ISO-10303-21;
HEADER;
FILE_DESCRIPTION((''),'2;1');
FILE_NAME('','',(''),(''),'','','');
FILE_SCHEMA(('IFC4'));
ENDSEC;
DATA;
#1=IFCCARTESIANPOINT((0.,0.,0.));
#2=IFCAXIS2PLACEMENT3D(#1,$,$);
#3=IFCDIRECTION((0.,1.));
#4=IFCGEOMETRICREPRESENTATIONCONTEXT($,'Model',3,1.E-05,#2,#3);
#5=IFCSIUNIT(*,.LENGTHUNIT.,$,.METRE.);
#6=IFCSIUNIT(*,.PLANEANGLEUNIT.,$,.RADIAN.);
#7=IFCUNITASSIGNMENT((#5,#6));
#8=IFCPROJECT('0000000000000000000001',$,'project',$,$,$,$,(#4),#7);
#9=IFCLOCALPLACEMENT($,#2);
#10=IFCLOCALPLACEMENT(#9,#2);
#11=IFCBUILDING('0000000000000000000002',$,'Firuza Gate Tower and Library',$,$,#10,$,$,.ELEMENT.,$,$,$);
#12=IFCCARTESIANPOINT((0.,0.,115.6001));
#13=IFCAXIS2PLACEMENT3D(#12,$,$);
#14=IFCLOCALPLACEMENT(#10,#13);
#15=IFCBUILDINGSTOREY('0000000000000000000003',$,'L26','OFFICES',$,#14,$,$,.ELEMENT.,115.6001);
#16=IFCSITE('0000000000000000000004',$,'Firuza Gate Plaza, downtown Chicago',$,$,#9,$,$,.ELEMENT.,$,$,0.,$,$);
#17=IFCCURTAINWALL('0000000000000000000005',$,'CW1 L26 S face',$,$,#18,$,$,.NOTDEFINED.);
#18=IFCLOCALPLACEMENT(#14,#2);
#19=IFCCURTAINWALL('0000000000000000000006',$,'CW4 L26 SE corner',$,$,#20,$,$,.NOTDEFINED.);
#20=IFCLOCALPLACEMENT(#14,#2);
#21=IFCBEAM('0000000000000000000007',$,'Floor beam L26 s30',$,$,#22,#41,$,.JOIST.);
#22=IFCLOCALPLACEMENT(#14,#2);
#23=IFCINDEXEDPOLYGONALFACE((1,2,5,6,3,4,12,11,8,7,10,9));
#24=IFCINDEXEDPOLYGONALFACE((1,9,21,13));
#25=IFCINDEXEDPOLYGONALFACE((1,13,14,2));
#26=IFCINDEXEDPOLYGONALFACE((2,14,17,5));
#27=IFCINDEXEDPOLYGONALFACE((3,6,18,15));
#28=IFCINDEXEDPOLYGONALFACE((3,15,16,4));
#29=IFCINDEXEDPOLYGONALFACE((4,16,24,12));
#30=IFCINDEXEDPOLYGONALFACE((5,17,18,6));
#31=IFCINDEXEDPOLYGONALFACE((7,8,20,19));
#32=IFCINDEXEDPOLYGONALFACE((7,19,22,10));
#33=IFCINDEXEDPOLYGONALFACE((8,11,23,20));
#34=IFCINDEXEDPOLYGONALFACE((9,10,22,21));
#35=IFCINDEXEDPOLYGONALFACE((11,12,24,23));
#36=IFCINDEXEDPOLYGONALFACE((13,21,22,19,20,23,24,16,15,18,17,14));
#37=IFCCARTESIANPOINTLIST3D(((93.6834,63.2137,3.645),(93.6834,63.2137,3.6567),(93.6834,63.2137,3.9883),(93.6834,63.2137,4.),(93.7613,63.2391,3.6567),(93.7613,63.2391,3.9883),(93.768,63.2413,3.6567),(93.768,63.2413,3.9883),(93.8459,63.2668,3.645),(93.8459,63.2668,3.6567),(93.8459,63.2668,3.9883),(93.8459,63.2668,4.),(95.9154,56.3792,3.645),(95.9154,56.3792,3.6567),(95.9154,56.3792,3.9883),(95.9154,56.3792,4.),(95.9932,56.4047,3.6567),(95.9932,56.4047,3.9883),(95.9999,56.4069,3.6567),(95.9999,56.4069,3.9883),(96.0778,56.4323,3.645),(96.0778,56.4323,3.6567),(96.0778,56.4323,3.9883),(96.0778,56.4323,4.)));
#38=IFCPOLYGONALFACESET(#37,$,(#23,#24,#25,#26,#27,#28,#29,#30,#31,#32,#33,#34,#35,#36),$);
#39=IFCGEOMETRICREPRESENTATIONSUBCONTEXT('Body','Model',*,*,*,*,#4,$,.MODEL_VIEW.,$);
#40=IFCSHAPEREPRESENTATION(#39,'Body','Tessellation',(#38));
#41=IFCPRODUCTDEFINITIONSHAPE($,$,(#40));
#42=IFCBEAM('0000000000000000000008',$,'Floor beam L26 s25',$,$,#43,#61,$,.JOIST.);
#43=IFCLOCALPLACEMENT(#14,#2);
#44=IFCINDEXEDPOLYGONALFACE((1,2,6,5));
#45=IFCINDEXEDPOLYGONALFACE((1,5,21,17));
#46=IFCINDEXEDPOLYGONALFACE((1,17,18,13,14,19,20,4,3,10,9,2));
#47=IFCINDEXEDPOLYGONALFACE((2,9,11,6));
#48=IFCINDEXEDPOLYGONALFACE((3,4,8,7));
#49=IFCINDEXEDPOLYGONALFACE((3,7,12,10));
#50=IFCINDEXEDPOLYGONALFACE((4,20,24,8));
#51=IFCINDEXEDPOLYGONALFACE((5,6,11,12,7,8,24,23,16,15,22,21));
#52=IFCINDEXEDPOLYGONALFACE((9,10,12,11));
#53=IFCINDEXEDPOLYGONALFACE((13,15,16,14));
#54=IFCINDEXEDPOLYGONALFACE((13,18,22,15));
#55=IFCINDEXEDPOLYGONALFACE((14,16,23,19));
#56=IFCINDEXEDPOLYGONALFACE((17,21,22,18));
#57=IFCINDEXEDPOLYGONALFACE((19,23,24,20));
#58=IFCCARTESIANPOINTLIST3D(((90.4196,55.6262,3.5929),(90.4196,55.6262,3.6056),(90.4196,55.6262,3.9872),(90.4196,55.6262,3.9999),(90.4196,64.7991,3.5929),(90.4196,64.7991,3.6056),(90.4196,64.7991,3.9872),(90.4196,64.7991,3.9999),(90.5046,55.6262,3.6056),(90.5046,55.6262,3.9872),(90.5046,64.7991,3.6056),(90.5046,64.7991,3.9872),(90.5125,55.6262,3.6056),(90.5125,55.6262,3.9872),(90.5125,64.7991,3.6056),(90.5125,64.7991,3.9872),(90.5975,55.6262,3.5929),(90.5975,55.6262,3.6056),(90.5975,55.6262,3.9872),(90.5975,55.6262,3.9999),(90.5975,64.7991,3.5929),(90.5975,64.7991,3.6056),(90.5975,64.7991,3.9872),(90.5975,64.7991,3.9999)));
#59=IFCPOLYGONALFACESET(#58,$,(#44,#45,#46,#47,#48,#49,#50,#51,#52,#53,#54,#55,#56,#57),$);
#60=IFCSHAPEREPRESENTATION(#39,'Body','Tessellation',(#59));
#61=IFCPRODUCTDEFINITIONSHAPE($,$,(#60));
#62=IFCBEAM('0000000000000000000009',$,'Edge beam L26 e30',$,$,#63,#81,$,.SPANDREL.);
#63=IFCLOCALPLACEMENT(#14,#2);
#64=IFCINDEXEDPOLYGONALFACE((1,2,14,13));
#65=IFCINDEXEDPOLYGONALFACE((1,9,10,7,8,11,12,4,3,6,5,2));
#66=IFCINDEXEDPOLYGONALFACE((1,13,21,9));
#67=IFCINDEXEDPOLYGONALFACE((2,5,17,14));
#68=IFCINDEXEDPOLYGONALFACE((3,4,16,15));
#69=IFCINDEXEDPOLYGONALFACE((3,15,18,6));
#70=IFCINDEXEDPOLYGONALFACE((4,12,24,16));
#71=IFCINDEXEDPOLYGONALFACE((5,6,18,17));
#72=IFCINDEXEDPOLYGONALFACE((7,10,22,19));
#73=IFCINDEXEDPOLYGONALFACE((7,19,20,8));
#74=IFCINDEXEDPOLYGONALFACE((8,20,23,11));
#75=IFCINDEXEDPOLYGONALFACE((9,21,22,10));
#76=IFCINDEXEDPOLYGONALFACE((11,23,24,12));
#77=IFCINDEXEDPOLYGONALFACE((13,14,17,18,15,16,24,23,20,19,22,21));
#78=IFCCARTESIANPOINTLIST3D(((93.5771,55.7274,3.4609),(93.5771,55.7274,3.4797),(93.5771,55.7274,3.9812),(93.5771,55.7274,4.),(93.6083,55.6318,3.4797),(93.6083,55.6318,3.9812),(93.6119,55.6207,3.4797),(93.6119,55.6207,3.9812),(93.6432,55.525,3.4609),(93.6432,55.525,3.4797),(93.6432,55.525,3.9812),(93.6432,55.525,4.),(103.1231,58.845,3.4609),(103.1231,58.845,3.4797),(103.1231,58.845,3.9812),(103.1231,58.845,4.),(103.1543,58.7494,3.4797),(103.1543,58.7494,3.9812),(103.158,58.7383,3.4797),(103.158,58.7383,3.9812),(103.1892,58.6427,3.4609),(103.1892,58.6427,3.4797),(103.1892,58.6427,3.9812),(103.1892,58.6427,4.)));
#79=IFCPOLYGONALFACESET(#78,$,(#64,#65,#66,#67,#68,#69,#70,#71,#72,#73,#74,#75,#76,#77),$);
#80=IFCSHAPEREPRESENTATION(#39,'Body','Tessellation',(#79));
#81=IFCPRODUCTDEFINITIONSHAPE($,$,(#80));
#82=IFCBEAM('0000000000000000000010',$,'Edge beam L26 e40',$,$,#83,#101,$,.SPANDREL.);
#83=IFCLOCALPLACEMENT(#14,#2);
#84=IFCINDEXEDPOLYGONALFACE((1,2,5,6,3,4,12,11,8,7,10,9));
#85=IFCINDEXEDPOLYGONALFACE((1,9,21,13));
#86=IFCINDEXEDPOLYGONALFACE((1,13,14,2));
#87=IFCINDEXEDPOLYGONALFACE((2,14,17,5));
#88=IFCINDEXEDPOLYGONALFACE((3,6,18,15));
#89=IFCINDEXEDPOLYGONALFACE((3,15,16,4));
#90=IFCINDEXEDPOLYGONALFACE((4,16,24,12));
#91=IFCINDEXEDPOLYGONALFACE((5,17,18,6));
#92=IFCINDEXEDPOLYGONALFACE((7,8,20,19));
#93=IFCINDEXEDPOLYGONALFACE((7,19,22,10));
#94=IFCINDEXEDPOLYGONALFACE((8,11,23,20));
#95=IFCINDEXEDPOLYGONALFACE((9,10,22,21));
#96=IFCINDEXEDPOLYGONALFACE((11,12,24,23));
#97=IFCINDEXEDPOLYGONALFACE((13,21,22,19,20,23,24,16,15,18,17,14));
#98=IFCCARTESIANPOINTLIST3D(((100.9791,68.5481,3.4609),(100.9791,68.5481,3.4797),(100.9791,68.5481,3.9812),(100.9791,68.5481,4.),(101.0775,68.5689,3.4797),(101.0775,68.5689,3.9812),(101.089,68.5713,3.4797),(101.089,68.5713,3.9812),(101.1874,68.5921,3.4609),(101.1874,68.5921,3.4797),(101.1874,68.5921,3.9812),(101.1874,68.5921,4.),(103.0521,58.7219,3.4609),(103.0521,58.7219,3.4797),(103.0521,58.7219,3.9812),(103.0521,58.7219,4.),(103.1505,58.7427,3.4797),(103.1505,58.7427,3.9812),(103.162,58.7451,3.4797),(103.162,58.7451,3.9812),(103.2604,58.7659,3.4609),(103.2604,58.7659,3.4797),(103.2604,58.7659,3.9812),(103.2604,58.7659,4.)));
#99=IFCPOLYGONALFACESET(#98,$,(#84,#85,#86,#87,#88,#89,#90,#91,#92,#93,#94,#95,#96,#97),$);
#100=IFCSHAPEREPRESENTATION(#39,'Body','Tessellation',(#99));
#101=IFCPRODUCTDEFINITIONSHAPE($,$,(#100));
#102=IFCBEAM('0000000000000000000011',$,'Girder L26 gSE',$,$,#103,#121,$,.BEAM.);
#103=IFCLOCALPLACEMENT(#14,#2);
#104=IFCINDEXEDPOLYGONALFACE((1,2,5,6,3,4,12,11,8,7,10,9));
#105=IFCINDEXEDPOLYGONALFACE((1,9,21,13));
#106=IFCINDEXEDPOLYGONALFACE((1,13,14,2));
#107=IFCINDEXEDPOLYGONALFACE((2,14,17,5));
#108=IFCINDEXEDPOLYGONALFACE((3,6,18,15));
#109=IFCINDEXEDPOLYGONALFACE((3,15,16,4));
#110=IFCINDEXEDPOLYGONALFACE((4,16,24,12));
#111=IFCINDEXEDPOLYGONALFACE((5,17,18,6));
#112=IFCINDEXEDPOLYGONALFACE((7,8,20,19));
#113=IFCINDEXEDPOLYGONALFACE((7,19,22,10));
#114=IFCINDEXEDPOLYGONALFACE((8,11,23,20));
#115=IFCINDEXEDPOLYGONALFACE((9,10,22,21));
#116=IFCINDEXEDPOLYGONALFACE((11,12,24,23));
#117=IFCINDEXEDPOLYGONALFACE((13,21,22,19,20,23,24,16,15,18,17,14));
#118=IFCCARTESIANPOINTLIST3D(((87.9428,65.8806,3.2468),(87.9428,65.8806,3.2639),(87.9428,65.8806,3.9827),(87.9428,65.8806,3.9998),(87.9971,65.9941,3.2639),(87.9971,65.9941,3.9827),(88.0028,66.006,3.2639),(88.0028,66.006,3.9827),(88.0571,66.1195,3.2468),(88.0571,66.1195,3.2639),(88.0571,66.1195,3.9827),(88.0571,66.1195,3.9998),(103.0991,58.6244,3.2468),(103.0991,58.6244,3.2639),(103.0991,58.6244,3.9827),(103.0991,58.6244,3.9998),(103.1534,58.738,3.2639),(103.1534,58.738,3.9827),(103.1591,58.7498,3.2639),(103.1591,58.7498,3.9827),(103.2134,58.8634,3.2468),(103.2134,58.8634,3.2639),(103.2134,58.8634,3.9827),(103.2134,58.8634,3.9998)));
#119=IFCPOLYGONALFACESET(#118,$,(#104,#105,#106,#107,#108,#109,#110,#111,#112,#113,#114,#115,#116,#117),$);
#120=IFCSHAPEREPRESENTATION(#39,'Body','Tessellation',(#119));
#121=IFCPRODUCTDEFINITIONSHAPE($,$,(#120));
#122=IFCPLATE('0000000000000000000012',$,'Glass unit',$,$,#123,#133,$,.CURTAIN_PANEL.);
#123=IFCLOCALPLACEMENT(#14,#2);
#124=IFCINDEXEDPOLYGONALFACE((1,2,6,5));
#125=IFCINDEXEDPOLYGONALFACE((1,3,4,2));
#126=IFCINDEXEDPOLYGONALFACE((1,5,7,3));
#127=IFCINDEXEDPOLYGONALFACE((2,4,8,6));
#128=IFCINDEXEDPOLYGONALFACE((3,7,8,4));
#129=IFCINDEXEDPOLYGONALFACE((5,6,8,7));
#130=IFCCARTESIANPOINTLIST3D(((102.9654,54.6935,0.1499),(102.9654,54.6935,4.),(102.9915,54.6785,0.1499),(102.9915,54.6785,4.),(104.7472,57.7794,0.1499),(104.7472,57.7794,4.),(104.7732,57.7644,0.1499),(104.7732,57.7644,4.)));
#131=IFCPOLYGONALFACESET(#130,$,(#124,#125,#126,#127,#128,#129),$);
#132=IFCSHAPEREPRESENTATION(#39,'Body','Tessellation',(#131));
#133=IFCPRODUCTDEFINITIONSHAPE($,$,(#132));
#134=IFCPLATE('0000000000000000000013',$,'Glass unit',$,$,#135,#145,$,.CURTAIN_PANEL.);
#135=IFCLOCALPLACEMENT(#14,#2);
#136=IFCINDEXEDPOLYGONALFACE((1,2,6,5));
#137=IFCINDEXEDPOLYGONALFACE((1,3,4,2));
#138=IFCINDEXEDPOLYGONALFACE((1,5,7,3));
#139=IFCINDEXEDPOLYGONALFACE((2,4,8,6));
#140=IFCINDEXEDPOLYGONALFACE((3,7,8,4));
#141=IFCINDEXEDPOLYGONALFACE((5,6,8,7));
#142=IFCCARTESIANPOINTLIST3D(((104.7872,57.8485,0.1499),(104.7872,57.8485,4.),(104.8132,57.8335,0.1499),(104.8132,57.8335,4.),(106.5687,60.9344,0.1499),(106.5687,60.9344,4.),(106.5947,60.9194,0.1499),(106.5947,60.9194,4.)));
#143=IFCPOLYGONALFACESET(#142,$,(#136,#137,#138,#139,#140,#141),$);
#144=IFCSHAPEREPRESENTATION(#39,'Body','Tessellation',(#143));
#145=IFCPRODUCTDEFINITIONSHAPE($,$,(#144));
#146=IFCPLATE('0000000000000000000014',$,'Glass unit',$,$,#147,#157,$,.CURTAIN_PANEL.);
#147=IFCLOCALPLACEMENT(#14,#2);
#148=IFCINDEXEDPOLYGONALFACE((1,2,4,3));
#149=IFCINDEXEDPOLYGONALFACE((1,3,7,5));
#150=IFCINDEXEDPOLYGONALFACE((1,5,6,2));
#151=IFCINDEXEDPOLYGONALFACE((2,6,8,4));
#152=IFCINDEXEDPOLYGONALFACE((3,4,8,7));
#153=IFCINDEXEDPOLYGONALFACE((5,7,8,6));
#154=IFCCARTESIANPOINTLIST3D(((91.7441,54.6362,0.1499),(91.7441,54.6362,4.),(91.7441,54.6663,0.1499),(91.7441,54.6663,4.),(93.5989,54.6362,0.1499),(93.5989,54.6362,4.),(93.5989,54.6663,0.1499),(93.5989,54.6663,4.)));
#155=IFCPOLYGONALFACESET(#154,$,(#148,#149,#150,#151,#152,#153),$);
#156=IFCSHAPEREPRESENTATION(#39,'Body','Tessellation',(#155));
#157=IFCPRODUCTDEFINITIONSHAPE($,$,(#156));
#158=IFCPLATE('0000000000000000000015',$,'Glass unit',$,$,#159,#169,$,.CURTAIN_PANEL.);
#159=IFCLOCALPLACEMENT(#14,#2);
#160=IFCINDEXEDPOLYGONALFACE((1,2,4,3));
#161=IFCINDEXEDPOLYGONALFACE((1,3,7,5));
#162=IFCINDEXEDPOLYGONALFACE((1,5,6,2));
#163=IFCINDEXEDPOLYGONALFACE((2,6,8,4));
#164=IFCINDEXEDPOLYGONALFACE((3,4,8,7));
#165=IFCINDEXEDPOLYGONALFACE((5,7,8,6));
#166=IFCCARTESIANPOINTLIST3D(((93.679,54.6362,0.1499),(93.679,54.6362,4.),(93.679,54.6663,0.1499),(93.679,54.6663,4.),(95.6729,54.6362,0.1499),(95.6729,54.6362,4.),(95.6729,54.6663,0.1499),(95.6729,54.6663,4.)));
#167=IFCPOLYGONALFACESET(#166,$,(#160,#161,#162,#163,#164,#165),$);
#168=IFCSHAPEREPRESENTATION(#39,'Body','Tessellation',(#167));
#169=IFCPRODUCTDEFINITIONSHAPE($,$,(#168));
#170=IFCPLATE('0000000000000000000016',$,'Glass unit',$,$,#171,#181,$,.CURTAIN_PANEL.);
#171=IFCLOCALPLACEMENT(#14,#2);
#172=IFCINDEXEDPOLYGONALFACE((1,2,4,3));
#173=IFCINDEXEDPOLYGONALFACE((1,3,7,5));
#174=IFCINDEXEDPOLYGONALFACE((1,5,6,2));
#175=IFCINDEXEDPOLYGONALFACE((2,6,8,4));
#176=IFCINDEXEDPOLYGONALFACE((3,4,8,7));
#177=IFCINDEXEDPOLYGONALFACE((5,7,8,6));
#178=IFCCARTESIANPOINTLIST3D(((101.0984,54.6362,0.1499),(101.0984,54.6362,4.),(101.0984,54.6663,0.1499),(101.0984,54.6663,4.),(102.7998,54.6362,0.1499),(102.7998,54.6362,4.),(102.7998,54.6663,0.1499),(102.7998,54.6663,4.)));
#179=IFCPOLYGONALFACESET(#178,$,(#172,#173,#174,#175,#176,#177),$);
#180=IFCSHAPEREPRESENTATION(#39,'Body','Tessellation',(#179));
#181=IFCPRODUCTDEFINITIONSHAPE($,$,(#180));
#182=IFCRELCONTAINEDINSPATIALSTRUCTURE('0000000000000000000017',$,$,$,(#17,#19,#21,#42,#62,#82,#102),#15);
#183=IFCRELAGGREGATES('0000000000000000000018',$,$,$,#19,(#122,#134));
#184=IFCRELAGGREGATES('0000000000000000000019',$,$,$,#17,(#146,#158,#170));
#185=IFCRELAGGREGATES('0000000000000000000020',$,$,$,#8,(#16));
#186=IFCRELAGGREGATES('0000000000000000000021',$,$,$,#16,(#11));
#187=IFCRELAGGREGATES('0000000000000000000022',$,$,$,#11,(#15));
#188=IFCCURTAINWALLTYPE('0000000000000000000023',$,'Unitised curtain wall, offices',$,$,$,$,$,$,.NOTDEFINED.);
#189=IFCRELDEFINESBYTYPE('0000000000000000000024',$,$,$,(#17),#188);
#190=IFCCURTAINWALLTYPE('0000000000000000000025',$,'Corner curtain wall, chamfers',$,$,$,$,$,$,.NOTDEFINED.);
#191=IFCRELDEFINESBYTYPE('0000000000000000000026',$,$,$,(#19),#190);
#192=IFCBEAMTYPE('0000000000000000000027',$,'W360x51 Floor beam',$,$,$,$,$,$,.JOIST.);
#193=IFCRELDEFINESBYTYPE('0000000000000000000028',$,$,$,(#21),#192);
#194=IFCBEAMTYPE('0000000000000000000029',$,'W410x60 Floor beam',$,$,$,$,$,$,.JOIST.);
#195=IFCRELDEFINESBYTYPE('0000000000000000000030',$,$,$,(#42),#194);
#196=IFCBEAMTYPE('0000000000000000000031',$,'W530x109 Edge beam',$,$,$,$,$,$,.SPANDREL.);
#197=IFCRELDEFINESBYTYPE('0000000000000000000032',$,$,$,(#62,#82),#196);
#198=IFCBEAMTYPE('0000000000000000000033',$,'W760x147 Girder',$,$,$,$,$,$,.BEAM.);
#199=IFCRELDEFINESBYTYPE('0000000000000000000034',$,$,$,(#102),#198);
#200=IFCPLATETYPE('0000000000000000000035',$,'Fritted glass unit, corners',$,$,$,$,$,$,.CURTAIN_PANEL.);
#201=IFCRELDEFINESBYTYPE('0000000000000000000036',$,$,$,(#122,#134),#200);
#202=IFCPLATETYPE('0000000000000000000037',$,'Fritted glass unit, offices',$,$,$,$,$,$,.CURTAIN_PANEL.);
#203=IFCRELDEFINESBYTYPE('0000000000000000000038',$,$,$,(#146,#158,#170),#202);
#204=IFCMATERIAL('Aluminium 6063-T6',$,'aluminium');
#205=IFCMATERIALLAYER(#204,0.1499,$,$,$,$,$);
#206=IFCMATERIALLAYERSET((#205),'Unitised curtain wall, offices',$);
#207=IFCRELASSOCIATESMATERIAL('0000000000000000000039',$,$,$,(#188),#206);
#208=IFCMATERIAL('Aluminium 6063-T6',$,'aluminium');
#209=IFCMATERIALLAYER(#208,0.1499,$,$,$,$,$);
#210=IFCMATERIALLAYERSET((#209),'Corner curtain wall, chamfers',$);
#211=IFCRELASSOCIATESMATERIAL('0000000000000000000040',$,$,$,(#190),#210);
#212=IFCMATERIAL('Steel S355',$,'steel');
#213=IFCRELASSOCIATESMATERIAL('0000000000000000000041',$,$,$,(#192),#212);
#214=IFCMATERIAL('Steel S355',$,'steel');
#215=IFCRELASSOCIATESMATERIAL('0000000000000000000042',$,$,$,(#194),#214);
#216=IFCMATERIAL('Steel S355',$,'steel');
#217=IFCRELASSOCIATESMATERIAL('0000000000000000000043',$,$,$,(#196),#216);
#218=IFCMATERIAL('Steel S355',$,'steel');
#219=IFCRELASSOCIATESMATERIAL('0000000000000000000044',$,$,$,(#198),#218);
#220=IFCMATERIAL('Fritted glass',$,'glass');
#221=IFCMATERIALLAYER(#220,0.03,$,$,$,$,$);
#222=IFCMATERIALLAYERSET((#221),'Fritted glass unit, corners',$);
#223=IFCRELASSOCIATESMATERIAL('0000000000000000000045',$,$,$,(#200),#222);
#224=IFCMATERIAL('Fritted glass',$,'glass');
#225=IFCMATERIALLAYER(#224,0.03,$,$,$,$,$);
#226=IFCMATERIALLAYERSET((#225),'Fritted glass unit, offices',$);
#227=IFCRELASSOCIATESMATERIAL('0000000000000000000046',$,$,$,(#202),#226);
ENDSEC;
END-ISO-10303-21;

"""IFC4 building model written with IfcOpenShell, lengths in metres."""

from ifc_helpers import new_model, si_unit, direction, frame, origin, origin_2d, place, context, subcontext, project, spatial, polyline, i_section, outline, extrude, material, layer, layer_set, material_profile, profile_set, type_object, element, aggregate, save


model = new_model("IFC4")

# Units and contexts
model_context = context("Model", 3, precision=1e-05, world=origin(), true_north=direction((0.0, 1.0)))
body_context = subcontext(model_context, "Body", "Model", "MODEL_VIEW")
ifc_project = project(units=[si_unit("LENGTHUNIT", "METRE"), si_unit("PLANEANGLEUNIT", "RADIAN")], contexts=[model_context])

# Site, building, storey
site_placement = place(None, origin())
site = spatial("IfcSite", under=ifc_project, at=site_placement, Name="Firuza Gate Plaza, downtown Chicago", CompositionType="ELEMENT", RefElevation=0.0)
building_placement = place(site_placement, origin())
building = spatial("IfcBuilding", under=site, at=building_placement, Name="Firuza Gate Tower and Library", CompositionType="ELEMENT")
storey_placement = place(building_placement, frame((0.0, 0.0, 115.6001)))
storey = spatial("IfcBuildingStorey", under=building, at=storey_placement, Name="L26", Description="OFFICES", CompositionType="ELEMENT", Elevation=115.6001)

# Curtain walls
ifc_material_1 = material(Name="Aluminium 6063-T6", Category="aluminium")
ifc_layer_1 = layer(ifc_material_1, 0.1499)
ifc_layer_set_1 = layer_set([ifc_layer_1], Name="Unitised curtain wall, offices")
curtain_wall_type_1 = type_object("IfcCurtainWallType", Name="Unitised curtain wall, offices", PredefinedType="NOTDEFINED", material=ifc_layer_set_1)
placement = place(storey_placement, origin())
curtain_wall_1 = element("IfcCurtainWall", 1, at=placement, inside=storey, type_object=curtain_wall_type_1, Name="CW1 L26 S face", PredefinedType="NOTDEFINED")
ifc_material_2 = material(Name="Aluminium 6063-T6", Category="aluminium")
ifc_layer_2 = layer(ifc_material_2, 0.1499)
ifc_layer_set_2 = layer_set([ifc_layer_2], Name="Corner curtain wall, chamfers")
curtain_wall_type_2 = type_object("IfcCurtainWallType", Name="Corner curtain wall, chamfers", PredefinedType="NOTDEFINED", material=ifc_layer_set_2)
curtain_wall_2 = element("IfcCurtainWall", 2, at=placement, inside=storey, type_object=curtain_wall_type_2, Name="CW4 L26 SE corner", PredefinedType="NOTDEFINED")

# Beams
ifc_material_3 = material(Name="Steel S355", Category="steel")
ifc_material_profile_1 = material_profile(ifc_material_3, i_section(OverallWidth=0.1709, OverallDepth=0.355, WebThickness=0.0071, FlangeThickness=0.0117, at=origin_2d()))
ifc_profile_set_1 = profile_set([ifc_material_profile_1], Name="Steel S355")
beam_type_1 = type_object("IfcBeamType", Name="W360x51 Floor beam", PredefinedType="JOIST", material=ifc_profile_set_1)
beam_1_placement = place(storey_placement, frame((95.9966, 56.4058, 3.8225), z_axis=(-0.310436, 0.950594, 0.0), x_axis=(-0.950594, -0.310436, 0.0)))
element("IfcBeam", 3, at=beam_1_placement, inside=storey, type_object=beam_type_1, Name="Floor beam L26 s30", PredefinedType="JOIST", context=body_context, shape_type="SweptSolid", body=[
    extrude(i_section(OverallWidth=0.1709, OverallDepth=0.355, WebThickness=0.0071, FlangeThickness=0.0117, at=origin_2d()), origin(), (0.0, 0.0, 1.0), 7.1897),
])
ifc_material_4 = material(Name="Steel S355", Category="steel")
ifc_material_profile_2 = material_profile(ifc_material_4, i_section(OverallWidth=0.178, OverallDepth=0.407, WebThickness=0.0078, FlangeThickness=0.0127, at=origin_2d()))
ifc_profile_set_2 = profile_set([ifc_material_profile_2], Name="Steel S355")
beam_type_2 = type_object("IfcBeamType", Name="W410x60 Floor beam", PredefinedType="JOIST", material=ifc_profile_set_2)
beam_2_placement = place(storey_placement, frame((90.5085, 55.6262, 3.7964), z_axis=(0.0, 1.0, 0.0), x_axis=(-1.0, 0.0, 0.0)))
element("IfcBeam", 4, at=beam_2_placement, inside=storey, type_object=beam_type_2, Name="Floor beam L26 s25", PredefinedType="JOIST", context=body_context, shape_type="SweptSolid", body=[
    extrude(i_section(OverallWidth=0.178, OverallDepth=0.407, WebThickness=0.0078, FlangeThickness=0.0127, at=origin_2d()), origin(), (0.0, 0.0, 1.0), 9.1729),
])
ifc_material_5 = material(Name="Steel S355", Category="steel")
ifc_material_profile_3 = material_profile(ifc_material_5, i_section(OverallWidth=0.2129, OverallDepth=0.5391, WebThickness=0.0117, FlangeThickness=0.0188, at=origin_2d()))
ifc_profile_set_3 = profile_set([ifc_material_profile_3], Name="Steel S355")
beam_type_3 = type_object("IfcBeamType", Name="W530x109 Edge beam", PredefinedType="SPANDREL", material=ifc_profile_set_3)
beam_3_placement = place(storey_placement, frame((93.6101, 55.6262, 3.7305), z_axis=(0.950589, 0.310453, 0.0), x_axis=(-0.310453, 0.950589, 0.0)))
element("IfcBeam", 5, at=beam_3_placement, inside=storey, type_object=beam_type_3, Name="Edge beam L26 e30", PredefinedType="SPANDREL", context=body_context, shape_type="SweptSolid", body=[
    extrude(i_section(OverallWidth=0.2129, OverallDepth=0.5391, WebThickness=0.0117, FlangeThickness=0.0188, at=origin_2d()), origin(), (0.0, 0.0, 1.0), 10.0422),
])
beam_4_placement = place(storey_placement, frame((103.1562, 58.7439, 3.7305), z_axis=(-0.206423, 0.978463, 0.0), x_axis=(-0.978463, -0.206423, 0.0)))
element("IfcBeam", 6, at=beam_4_placement, inside=storey, type_object=beam_type_3, Name="Edge beam L26 e40", PredefinedType="SPANDREL", context=body_context, shape_type="SweptSolid", body=[
    extrude(i_section(OverallWidth=0.2129, OverallDepth=0.5391, WebThickness=0.0117, FlangeThickness=0.0188, at=origin_2d()), origin(), (0.0, 0.0, 1.0), 10.0425),
])
ifc_material_6 = material(Name="Steel S355", Category="steel")
ifc_material_profile_4 = material_profile(ifc_material_6, i_section(OverallWidth=0.2649, OverallDepth=0.7529, WebThickness=0.0132, FlangeThickness=0.0171, at=origin_2d()))
ifc_profile_set_4 = profile_set([ifc_material_profile_4], Name="Steel S355")
beam_type_4 = type_object("IfcBeamType", Name="W760x147 Girder", PredefinedType="BEAM", material=ifc_profile_set_4)
beam_5_placement = place(storey_placement, frame((103.1562, 58.7439, 3.6233), z_axis=(-0.901961, 0.431817, 0.0), x_axis=(-0.431817, -0.901961, 0.0)))
element("IfcBeam", 7, at=beam_5_placement, inside=storey, type_object=beam_type_4, Name="Girder L26 gSE", PredefinedType="BEAM", context=body_context, shape_type="SweptSolid", body=[
    extrude(i_section(OverallWidth=0.2649, OverallDepth=0.7529, WebThickness=0.0132, FlangeThickness=0.0171, at=origin_2d()), origin(), (0.0, 0.0, 1.0), 16.8037),
])

# Plates
ifc_material_7 = material(Name="Fritted glass", Category="glass")
ifc_layer_3 = layer(ifc_material_7, 0.03)
ifc_layer_set_3 = layer_set([ifc_layer_3], Name="Fritted glass unit, corners")
plate_type_1 = type_object("IfcPlateType", Name="Fritted glass unit, corners", PredefinedType="CURTAIN_PANEL", material=ifc_layer_set_3)
plate_1_placement = place(storey_placement, frame((102.9915, 54.6785, 0.1499), z_axis=(0.866017, -0.500015, 0.0), x_axis=(0.500015, 0.866017, 0.0)))
plate_1 = element("IfcPlate", 8, at=plate_1_placement, type_object=plate_type_1, Name="Glass unit", PredefinedType="CURTAIN_PANEL", context=body_context, shape_type="SweptSolid", body=[
    extrude(outline(polyline([(0.0, 0.0), (3.5634, 0.0), (3.5634, 3.8501), (0.0, 3.8501), (0.0, 0.0)])), origin(), (0.0, 0.0, -1.0), 0.03),
])
plate_2_placement = place(storey_placement, frame((104.8132, 57.8335, 0.1499), z_axis=(0.866046, -0.499964, 0.0), x_axis=(0.499964, 0.866046, 0.0)))
plate_2 = element("IfcPlate", 9, at=plate_2_placement, type_object=plate_type_1, Name="Glass unit", PredefinedType="CURTAIN_PANEL", context=body_context, shape_type="SweptSolid", body=[
    extrude(outline(polyline([(0.0, 0.0), (3.5632, 0.0), (3.5632, 3.8501), (0.0, 3.8501), (0.0, 0.0)])), origin(), (0.0, 0.0, -1.0), 0.03),
])
aggregate(curtain_wall_2, [plate_1, plate_2])
ifc_material_8 = material(Name="Fritted glass", Category="glass")
ifc_layer_4 = layer(ifc_material_8, 0.03)
ifc_layer_set_4 = layer_set([ifc_layer_4], Name="Fritted glass unit, offices")
plate_type_2 = type_object("IfcPlateType", Name="Fritted glass unit, offices", PredefinedType="CURTAIN_PANEL", material=ifc_layer_set_4)
plate_3_placement = place(storey_placement, frame((91.7441, 54.6362, 0.1499), z_axis=(0.0, -1.0, 0.0), x_axis=(1.0, 0.0, 0.0)))
plate_3 = element("IfcPlate", 10, at=plate_3_placement, type_object=plate_type_2, Name="Glass unit", PredefinedType="CURTAIN_PANEL", context=body_context, shape_type="SweptSolid", body=[
    extrude(outline(polyline([(0.0, 0.0), (1.8547, 0.0), (1.8547, 3.8501), (0.0, 3.8501), (0.0, 0.0)])), origin(), (0.0, 0.0, -1.0), 0.03),
])
plate_4_placement = place(storey_placement, frame((93.679, 54.6362, 0.1499), z_axis=(0.0, -1.0, 0.0), x_axis=(1.0, 0.0, 0.0)))
plate_4 = element("IfcPlate", 11, at=plate_4_placement, type_object=plate_type_2, Name="Glass unit", PredefinedType="CURTAIN_PANEL", context=body_context, shape_type="SweptSolid", body=[
    extrude(outline(polyline([(0.0, 0.0), (1.9939, 0.0), (1.9939, 3.8501), (0.0, 3.8501), (0.0, 0.0)])), origin(), (0.0, 0.0, -1.0), 0.03),
])
plate_5_placement = place(storey_placement, frame((101.0984, 54.6362, 0.1499), z_axis=(0.0, -1.0, 0.0), x_axis=(1.0, 0.0, 0.0)))
plate_5 = element("IfcPlate", 12, at=plate_5_placement, type_object=plate_type_2, Name="Glass unit", PredefinedType="CURTAIN_PANEL", context=body_context, shape_type="SweptSolid", body=[
    extrude(outline(polyline([(0.0, 0.0), (1.7014, 0.0), (1.7014, 3.8501), (0.0, 3.8501), (0.0, 0.0)])), origin(), (0.0, 0.0, -1.0), 0.03),
])
aggregate(curtain_wall_1, [plate_3, plate_4, plate_5])

save(model, "model.ifc")
